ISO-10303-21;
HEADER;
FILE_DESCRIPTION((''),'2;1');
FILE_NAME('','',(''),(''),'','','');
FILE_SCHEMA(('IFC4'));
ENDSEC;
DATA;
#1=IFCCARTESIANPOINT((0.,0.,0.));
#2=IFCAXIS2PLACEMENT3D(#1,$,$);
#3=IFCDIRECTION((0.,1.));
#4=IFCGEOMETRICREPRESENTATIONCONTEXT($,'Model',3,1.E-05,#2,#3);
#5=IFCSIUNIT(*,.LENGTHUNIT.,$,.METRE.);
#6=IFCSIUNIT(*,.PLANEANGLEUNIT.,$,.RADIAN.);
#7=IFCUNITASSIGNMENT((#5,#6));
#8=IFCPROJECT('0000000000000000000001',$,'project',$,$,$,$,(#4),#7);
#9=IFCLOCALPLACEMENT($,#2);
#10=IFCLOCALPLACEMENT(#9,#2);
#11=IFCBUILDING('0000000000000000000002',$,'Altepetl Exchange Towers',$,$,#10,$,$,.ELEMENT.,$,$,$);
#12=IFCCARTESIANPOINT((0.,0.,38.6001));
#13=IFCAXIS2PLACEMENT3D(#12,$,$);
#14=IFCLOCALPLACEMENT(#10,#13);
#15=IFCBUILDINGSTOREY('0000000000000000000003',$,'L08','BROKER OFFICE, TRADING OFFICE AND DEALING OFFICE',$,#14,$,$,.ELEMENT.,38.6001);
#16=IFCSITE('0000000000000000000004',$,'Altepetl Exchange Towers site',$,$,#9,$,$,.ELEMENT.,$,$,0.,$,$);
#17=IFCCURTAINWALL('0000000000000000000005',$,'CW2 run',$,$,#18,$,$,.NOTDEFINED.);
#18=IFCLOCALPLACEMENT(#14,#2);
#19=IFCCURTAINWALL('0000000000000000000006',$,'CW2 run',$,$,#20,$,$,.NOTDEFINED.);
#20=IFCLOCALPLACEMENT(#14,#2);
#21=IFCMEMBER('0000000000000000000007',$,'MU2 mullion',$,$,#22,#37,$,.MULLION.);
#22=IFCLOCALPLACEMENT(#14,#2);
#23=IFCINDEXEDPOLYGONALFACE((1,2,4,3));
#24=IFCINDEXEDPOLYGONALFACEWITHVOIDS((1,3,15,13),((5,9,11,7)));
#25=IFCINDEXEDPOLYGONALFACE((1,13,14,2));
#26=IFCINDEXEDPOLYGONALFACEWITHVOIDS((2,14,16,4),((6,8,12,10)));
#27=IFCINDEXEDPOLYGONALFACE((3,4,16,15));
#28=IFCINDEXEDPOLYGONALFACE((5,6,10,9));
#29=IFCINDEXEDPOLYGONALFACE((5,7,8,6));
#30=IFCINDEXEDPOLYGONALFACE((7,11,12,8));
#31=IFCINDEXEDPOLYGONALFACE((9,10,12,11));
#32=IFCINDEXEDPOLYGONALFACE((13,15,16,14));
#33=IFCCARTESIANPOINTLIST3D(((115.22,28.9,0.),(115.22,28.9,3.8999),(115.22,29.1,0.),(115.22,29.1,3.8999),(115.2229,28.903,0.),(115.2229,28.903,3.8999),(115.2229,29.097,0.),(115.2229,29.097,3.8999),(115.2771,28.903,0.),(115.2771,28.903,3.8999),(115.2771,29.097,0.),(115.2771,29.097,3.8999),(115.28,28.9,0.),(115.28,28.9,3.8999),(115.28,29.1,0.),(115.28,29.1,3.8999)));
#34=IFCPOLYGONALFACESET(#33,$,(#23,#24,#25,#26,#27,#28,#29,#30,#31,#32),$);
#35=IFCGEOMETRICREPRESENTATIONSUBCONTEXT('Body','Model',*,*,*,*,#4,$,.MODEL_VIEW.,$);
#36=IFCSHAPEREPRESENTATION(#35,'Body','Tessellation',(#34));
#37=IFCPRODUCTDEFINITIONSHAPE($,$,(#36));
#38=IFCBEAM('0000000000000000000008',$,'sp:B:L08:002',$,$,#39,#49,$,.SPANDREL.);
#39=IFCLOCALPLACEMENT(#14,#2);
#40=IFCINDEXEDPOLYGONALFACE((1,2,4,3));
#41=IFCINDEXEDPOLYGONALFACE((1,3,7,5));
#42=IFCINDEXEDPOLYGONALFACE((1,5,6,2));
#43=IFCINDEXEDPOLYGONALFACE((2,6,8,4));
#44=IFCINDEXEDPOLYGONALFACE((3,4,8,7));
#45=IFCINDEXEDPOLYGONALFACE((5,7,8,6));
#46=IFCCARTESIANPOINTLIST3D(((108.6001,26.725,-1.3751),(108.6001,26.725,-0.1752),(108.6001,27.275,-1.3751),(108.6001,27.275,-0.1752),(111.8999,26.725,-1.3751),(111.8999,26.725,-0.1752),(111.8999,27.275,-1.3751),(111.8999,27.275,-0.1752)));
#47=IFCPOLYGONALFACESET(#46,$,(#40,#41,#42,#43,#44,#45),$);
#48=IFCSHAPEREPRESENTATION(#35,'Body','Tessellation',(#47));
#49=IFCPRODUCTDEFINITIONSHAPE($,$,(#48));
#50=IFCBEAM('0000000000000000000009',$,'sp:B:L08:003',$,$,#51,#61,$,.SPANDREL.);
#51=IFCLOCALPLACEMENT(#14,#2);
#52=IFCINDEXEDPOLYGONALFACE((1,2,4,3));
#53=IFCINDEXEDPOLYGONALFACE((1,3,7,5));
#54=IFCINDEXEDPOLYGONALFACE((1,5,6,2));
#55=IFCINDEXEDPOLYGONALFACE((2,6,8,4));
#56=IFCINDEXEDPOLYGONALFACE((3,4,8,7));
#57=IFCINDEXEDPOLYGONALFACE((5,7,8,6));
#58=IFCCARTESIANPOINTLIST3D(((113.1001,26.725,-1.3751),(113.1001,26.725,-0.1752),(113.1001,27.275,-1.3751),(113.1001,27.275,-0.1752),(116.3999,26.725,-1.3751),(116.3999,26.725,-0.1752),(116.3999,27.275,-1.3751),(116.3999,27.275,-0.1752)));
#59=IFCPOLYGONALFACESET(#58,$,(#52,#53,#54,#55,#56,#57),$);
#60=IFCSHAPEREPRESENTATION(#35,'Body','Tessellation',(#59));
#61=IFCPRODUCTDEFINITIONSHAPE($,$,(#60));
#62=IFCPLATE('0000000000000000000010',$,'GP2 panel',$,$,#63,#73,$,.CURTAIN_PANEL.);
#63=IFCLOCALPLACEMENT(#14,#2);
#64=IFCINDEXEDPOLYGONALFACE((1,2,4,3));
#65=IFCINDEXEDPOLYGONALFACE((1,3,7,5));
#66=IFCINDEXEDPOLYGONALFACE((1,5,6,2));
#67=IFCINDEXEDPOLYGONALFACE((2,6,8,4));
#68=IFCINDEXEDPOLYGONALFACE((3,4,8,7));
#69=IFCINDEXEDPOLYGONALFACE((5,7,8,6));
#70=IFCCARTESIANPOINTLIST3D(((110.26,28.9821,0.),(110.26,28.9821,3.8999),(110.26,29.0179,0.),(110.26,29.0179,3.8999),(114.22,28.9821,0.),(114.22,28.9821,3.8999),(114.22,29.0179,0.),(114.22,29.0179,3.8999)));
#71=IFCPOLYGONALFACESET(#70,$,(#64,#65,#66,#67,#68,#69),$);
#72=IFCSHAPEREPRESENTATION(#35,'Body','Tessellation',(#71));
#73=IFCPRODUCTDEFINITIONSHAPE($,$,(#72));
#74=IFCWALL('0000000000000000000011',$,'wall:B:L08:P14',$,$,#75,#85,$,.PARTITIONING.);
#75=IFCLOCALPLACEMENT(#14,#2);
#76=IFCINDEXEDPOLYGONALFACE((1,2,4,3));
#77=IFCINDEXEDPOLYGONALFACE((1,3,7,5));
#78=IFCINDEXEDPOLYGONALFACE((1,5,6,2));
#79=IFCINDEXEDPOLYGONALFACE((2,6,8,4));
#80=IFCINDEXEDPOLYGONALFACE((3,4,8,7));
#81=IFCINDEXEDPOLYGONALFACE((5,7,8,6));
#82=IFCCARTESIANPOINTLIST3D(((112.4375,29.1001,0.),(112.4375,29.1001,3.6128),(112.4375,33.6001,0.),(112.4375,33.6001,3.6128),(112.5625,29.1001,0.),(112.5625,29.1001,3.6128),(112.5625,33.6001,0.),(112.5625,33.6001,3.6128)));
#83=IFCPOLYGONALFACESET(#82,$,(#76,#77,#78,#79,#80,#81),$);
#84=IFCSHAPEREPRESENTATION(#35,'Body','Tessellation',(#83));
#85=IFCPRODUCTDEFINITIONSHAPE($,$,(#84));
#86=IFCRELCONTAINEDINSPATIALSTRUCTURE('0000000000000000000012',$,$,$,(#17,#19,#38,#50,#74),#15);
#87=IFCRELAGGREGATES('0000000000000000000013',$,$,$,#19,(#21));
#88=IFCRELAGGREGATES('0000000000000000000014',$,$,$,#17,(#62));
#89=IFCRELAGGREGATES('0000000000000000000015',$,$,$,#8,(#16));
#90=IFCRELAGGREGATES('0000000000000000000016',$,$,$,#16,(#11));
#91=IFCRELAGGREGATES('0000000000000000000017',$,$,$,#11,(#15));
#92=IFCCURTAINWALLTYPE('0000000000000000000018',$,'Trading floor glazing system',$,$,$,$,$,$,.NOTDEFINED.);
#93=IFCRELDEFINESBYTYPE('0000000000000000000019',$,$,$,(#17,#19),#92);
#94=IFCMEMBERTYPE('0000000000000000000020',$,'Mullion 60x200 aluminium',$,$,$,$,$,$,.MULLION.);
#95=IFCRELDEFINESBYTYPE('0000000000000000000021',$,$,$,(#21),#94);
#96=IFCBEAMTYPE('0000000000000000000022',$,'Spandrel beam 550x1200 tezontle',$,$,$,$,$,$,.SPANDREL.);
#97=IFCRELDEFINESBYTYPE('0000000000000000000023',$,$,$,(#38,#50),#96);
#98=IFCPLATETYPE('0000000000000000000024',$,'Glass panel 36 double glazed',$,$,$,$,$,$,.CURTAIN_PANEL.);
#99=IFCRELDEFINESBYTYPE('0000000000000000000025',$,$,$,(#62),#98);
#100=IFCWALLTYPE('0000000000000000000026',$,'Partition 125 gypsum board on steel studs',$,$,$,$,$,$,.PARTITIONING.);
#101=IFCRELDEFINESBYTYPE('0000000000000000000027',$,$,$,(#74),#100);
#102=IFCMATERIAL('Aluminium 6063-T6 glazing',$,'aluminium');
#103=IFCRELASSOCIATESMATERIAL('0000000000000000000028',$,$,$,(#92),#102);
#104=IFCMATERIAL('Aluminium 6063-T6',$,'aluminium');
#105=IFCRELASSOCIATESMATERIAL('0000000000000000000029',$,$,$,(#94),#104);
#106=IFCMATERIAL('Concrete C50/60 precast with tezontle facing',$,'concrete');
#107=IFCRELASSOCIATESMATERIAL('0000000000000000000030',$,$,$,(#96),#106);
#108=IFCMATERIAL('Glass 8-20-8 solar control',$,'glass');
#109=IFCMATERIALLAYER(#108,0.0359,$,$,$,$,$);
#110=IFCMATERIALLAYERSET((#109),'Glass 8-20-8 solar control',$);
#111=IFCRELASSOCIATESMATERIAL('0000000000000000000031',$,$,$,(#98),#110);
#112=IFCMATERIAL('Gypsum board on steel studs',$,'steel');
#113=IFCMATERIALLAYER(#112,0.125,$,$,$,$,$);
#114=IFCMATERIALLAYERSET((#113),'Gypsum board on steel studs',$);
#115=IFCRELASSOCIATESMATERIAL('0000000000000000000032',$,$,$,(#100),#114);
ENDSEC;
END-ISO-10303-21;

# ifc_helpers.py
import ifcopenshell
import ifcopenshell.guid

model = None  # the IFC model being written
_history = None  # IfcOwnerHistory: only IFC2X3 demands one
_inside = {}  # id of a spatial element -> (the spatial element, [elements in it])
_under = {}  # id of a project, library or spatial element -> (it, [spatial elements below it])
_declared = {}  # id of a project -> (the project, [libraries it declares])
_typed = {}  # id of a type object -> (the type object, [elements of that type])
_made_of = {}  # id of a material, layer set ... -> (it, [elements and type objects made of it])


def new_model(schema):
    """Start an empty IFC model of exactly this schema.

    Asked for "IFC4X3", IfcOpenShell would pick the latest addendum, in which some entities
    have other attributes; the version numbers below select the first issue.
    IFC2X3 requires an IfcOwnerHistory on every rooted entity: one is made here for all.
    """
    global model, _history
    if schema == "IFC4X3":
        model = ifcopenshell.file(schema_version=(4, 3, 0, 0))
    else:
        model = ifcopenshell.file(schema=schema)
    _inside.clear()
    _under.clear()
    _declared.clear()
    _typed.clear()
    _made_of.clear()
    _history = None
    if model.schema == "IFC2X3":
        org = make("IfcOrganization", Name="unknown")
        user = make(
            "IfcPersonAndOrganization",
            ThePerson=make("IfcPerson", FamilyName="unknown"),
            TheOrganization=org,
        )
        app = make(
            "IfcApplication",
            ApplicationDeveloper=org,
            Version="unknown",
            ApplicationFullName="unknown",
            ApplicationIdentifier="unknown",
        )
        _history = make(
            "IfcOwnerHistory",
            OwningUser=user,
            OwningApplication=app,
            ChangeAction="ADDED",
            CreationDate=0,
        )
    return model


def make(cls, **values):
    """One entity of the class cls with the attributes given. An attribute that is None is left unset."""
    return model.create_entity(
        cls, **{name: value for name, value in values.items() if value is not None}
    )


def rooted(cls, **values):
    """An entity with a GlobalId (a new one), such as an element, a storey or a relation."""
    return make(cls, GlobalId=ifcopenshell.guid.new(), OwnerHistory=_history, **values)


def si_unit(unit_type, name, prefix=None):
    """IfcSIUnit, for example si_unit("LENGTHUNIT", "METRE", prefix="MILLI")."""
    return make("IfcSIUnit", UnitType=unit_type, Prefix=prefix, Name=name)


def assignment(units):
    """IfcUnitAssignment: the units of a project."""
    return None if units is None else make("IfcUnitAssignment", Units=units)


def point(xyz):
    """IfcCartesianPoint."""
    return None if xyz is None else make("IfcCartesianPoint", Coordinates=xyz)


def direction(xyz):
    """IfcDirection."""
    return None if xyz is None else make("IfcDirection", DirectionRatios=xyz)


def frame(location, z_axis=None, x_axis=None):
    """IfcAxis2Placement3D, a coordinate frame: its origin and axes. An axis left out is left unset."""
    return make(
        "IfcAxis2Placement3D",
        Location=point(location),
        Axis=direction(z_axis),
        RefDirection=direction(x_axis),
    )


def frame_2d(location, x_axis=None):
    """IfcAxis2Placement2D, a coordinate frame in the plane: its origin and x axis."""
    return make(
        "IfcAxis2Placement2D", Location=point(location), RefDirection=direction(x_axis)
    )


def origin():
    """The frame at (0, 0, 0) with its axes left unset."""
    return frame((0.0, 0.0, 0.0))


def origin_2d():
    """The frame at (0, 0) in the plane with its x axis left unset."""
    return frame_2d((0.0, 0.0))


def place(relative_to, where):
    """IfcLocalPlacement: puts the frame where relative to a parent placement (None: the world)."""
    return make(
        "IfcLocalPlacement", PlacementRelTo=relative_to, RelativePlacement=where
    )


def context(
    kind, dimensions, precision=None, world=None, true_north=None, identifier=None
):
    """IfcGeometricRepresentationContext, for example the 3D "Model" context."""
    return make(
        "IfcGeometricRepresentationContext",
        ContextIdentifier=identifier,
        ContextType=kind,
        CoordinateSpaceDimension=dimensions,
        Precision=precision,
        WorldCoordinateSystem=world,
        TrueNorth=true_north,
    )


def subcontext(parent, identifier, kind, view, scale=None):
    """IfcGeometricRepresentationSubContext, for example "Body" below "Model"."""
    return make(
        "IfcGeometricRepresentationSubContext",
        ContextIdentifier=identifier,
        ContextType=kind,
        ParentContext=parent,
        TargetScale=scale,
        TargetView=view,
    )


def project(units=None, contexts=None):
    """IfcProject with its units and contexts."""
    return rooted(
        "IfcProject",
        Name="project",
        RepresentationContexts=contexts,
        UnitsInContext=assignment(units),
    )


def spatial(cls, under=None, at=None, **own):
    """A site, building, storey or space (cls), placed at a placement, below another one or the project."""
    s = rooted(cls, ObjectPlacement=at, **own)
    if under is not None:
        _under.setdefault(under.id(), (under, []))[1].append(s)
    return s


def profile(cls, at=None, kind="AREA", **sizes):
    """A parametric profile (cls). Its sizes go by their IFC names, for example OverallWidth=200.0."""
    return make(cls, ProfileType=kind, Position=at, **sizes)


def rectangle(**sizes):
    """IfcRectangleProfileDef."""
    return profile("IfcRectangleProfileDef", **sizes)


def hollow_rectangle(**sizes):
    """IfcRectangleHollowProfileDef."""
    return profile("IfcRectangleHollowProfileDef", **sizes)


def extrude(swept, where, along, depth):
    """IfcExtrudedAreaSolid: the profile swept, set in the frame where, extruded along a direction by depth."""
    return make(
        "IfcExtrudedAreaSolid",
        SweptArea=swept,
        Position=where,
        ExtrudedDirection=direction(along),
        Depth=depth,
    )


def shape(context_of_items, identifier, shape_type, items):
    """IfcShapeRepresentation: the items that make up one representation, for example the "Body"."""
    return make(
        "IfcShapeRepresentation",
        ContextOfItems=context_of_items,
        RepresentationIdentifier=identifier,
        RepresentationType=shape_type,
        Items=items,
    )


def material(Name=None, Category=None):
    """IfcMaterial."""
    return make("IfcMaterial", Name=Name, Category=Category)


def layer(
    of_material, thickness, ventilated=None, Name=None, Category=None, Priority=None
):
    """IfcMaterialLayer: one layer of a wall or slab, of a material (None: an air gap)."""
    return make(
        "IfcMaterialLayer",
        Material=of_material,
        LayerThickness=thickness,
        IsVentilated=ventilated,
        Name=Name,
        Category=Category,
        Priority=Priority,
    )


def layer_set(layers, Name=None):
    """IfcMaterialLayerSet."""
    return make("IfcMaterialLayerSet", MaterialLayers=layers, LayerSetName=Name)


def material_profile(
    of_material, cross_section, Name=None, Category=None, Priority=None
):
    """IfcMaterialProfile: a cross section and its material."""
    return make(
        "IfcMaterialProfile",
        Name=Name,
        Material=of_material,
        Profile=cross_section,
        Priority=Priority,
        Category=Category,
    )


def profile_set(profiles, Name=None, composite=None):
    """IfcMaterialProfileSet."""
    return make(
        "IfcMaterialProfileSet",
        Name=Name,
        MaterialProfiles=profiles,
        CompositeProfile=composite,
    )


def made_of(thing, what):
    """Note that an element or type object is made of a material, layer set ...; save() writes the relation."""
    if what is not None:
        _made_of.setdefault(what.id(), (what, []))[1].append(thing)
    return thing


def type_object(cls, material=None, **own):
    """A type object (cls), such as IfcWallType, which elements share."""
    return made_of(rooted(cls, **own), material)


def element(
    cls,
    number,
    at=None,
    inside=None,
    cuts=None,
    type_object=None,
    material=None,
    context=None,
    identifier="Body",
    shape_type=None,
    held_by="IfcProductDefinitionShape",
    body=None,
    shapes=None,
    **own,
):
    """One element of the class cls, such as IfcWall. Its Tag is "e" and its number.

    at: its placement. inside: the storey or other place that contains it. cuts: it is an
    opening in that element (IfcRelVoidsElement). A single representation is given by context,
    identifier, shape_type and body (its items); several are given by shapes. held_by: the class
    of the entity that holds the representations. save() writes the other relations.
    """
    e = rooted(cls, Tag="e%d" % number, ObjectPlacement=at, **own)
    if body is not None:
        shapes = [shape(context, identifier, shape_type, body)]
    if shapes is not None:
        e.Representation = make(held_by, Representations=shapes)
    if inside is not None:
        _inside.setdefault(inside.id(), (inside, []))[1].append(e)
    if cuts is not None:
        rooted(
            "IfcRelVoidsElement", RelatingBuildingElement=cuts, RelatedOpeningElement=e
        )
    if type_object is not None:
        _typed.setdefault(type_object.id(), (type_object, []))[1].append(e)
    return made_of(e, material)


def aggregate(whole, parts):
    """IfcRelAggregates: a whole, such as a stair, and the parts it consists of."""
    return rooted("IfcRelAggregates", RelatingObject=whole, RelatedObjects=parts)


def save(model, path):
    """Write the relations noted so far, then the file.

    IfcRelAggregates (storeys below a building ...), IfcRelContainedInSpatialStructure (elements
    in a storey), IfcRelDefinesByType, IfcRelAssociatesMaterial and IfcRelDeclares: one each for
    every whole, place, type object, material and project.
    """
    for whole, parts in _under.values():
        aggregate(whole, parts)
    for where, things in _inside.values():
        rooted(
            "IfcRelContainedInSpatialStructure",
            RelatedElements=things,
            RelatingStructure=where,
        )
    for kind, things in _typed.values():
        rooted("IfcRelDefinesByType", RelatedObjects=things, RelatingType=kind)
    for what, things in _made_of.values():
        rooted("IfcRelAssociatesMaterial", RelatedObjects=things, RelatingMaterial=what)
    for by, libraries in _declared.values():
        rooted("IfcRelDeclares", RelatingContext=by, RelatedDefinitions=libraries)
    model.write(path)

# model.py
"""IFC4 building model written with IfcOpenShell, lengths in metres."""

from ifc_helpers import new_model, si_unit, direction, frame, frame_2d, origin, origin_2d, place, context, subcontext, project, spatial, rectangle, hollow_rectangle, extrude, material, layer, layer_set, material_profile, profile_set, type_object, element, aggregate, save


model = new_model("IFC4")

# Units and contexts
model_context = context("Model", 3, precision=1e-05, world=origin(), true_north=direction((0.0, 1.0)))
body_context = subcontext(model_context, "Body", "Model", "MODEL_VIEW")
ifc_project = project(units=[si_unit("LENGTHUNIT", "METRE"), si_unit("PLANEANGLEUNIT", "RADIAN")], contexts=[model_context])

# Site, building, storey
site_placement = place(None, origin())
site = spatial("IfcSite", under=ifc_project, at=site_placement, Name="Altepetl Exchange Towers site", CompositionType="ELEMENT", RefElevation=0.0)
building_placement = place(site_placement, origin())
building = spatial("IfcBuilding", under=site, at=building_placement, Name="Altepetl Exchange Towers", CompositionType="ELEMENT")
storey_placement = place(building_placement, frame((0.0, 0.0, 38.6001)))
storey = spatial("IfcBuildingStorey", under=building, at=storey_placement, Name="L08", Description="BROKER OFFICE, TRADING OFFICE AND DEALING OFFICE", CompositionType="ELEMENT", Elevation=38.6001)

# Shared definitions
ifc_material_1 = material(Name="Aluminium 6063-T6 glazing", Category="aluminium")
curtain_wall_type = type_object("IfcCurtainWallType", Name="Trading floor glazing system", PredefinedType="NOTDEFINED", material=ifc_material_1)
ifc_material_2 = material(Name="Aluminium 6063-T6", Category="aluminium")
ifc_material_profile_1 = material_profile(ifc_material_2, hollow_rectangle(XDim=0.0601, YDim=0.2, WallThickness=0.0029, at=origin_2d()), Name="Mullion 60x200 aluminium")
ifc_profile_set_1 = profile_set([ifc_material_profile_1], Name="Aluminium 6063-T6")
member_type = type_object("IfcMemberType", Name="Mullion 60x200 aluminium", PredefinedType="MULLION", material=ifc_profile_set_1)

# Curtain wall
curtain_wall_1_placement = place(storey_placement, origin())
curtain_wall_1 = element("IfcCurtainWall", 1, at=curtain_wall_1_placement, inside=storey, type_object=curtain_wall_type, Name="CW2 run", PredefinedType="NOTDEFINED")

# Curtain wall, member
curtain_wall_2_placement = place(storey_placement, origin())
curtain_wall_2 = element("IfcCurtainWall", 2, at=curtain_wall_2_placement, inside=storey, type_object=curtain_wall_type, Name="CW2 run", PredefinedType="NOTDEFINED")
member_1_placement = place(storey_placement, frame((115.25, 29.0, 0.0)))
member_1 = element("IfcMember", 3, at=member_1_placement, type_object=member_type, Name="MU2 mullion", PredefinedType="MULLION", context=body_context, shape_type="SweptSolid", body=[
    extrude(hollow_rectangle(XDim=0.0601, YDim=0.2, WallThickness=0.0029, at=origin_2d()), origin(), (0.0, 0.0, 1.0), 3.8999),
])
aggregate(curtain_wall_2, [member_1])

# Beams
ifc_material_3 = material(Name="Concrete C50/60 precast with tezontle facing", Category="concrete")
ifc_material_profile_2 = material_profile(ifc_material_3, rectangle(XDim=0.55, YDim=1.2, at=origin_2d()), Name="550 x 1200")
ifc_profile_set_2 = profile_set([ifc_material_profile_2], Name="Concrete C50/60 precast with tezontle facing")
beam_type_1 = type_object("IfcBeamType", Name="Spandrel beam 550x1200 tezontle", PredefinedType="SPANDREL", material=ifc_profile_set_2)
for number, where, z_axis, x_axis, name in (
    (4, (108.6001, 27.0, -0.7751), (1.0, 0.0, 0.0), (0.0, 1.0, 0.0), "sp:B:L08:002"),
    (5, (113.1001, 27.0, -0.7751), (1.0, 0.0, 0.0), (0.0, 1.0, 0.0), "sp:B:L08:003"),
):
    element("IfcBeam", number, at=place(storey_placement, frame(where, z_axis=z_axis, x_axis=x_axis)), inside=storey, type_object=beam_type_1, Name=name, PredefinedType="SPANDREL", context=body_context, shape_type="SweptSolid", body=[
        extrude(rectangle(XDim=0.55, YDim=1.2, at=origin_2d()), origin(), (0.0, 0.0, 1.0), 3.2998),
    ])

# Plate
ifc_material_4 = material(Name="Glass 8-20-8 solar control", Category="glass")
ifc_layer_1 = layer(ifc_material_4, 0.0359)
ifc_layer_set_1 = layer_set([ifc_layer_1], Name="Glass 8-20-8 solar control")
plate_type = type_object("IfcPlateType", Name="Glass panel 36 double glazed", PredefinedType="CURTAIN_PANEL", material=ifc_layer_set_1)
plate_placement = place(storey_placement, frame((112.24, 29.0, 0.0)))
plate = element("IfcPlate", 6, at=plate_placement, type_object=plate_type, Name="GP2 panel", PredefinedType="CURTAIN_PANEL", context=body_context, shape_type="SweptSolid", body=[
    extrude(rectangle(XDim=3.96, YDim=0.0359, at=origin_2d()), origin(), (0.0, 0.0, 1.0), 3.8999),
])
aggregate(curtain_wall_1, [plate])

# Wall
ifc_material_5 = material(Name="Gypsum board on steel studs", Category="steel")
ifc_layer_2 = layer(ifc_material_5, 0.125)
ifc_layer_set_2 = layer_set([ifc_layer_2], Name="Gypsum board on steel studs")
wall_type_1 = type_object("IfcWallType", Name="Partition 125 gypsum board on steel studs", PredefinedType="PARTITIONING", material=ifc_layer_set_2)
wall_1_placement = place(storey_placement, frame((112.5, 29.1001, 0.0), z_axis=(0.0, 0.0, 1.0), x_axis=(0.0, 1.0, 0.0)))
element("IfcWall", 7, at=wall_1_placement, inside=storey, type_object=wall_type_1, Name="wall:B:L08:P14", PredefinedType="PARTITIONING", context=body_context, shape_type="SweptSolid", body=[
    extrude(rectangle(XDim=4.5, YDim=0.125, at=frame_2d((2.25, 0.0))), origin(), (0.0, 0.0, 1.0), 3.6128),
])

save(model, "model.ifc")
